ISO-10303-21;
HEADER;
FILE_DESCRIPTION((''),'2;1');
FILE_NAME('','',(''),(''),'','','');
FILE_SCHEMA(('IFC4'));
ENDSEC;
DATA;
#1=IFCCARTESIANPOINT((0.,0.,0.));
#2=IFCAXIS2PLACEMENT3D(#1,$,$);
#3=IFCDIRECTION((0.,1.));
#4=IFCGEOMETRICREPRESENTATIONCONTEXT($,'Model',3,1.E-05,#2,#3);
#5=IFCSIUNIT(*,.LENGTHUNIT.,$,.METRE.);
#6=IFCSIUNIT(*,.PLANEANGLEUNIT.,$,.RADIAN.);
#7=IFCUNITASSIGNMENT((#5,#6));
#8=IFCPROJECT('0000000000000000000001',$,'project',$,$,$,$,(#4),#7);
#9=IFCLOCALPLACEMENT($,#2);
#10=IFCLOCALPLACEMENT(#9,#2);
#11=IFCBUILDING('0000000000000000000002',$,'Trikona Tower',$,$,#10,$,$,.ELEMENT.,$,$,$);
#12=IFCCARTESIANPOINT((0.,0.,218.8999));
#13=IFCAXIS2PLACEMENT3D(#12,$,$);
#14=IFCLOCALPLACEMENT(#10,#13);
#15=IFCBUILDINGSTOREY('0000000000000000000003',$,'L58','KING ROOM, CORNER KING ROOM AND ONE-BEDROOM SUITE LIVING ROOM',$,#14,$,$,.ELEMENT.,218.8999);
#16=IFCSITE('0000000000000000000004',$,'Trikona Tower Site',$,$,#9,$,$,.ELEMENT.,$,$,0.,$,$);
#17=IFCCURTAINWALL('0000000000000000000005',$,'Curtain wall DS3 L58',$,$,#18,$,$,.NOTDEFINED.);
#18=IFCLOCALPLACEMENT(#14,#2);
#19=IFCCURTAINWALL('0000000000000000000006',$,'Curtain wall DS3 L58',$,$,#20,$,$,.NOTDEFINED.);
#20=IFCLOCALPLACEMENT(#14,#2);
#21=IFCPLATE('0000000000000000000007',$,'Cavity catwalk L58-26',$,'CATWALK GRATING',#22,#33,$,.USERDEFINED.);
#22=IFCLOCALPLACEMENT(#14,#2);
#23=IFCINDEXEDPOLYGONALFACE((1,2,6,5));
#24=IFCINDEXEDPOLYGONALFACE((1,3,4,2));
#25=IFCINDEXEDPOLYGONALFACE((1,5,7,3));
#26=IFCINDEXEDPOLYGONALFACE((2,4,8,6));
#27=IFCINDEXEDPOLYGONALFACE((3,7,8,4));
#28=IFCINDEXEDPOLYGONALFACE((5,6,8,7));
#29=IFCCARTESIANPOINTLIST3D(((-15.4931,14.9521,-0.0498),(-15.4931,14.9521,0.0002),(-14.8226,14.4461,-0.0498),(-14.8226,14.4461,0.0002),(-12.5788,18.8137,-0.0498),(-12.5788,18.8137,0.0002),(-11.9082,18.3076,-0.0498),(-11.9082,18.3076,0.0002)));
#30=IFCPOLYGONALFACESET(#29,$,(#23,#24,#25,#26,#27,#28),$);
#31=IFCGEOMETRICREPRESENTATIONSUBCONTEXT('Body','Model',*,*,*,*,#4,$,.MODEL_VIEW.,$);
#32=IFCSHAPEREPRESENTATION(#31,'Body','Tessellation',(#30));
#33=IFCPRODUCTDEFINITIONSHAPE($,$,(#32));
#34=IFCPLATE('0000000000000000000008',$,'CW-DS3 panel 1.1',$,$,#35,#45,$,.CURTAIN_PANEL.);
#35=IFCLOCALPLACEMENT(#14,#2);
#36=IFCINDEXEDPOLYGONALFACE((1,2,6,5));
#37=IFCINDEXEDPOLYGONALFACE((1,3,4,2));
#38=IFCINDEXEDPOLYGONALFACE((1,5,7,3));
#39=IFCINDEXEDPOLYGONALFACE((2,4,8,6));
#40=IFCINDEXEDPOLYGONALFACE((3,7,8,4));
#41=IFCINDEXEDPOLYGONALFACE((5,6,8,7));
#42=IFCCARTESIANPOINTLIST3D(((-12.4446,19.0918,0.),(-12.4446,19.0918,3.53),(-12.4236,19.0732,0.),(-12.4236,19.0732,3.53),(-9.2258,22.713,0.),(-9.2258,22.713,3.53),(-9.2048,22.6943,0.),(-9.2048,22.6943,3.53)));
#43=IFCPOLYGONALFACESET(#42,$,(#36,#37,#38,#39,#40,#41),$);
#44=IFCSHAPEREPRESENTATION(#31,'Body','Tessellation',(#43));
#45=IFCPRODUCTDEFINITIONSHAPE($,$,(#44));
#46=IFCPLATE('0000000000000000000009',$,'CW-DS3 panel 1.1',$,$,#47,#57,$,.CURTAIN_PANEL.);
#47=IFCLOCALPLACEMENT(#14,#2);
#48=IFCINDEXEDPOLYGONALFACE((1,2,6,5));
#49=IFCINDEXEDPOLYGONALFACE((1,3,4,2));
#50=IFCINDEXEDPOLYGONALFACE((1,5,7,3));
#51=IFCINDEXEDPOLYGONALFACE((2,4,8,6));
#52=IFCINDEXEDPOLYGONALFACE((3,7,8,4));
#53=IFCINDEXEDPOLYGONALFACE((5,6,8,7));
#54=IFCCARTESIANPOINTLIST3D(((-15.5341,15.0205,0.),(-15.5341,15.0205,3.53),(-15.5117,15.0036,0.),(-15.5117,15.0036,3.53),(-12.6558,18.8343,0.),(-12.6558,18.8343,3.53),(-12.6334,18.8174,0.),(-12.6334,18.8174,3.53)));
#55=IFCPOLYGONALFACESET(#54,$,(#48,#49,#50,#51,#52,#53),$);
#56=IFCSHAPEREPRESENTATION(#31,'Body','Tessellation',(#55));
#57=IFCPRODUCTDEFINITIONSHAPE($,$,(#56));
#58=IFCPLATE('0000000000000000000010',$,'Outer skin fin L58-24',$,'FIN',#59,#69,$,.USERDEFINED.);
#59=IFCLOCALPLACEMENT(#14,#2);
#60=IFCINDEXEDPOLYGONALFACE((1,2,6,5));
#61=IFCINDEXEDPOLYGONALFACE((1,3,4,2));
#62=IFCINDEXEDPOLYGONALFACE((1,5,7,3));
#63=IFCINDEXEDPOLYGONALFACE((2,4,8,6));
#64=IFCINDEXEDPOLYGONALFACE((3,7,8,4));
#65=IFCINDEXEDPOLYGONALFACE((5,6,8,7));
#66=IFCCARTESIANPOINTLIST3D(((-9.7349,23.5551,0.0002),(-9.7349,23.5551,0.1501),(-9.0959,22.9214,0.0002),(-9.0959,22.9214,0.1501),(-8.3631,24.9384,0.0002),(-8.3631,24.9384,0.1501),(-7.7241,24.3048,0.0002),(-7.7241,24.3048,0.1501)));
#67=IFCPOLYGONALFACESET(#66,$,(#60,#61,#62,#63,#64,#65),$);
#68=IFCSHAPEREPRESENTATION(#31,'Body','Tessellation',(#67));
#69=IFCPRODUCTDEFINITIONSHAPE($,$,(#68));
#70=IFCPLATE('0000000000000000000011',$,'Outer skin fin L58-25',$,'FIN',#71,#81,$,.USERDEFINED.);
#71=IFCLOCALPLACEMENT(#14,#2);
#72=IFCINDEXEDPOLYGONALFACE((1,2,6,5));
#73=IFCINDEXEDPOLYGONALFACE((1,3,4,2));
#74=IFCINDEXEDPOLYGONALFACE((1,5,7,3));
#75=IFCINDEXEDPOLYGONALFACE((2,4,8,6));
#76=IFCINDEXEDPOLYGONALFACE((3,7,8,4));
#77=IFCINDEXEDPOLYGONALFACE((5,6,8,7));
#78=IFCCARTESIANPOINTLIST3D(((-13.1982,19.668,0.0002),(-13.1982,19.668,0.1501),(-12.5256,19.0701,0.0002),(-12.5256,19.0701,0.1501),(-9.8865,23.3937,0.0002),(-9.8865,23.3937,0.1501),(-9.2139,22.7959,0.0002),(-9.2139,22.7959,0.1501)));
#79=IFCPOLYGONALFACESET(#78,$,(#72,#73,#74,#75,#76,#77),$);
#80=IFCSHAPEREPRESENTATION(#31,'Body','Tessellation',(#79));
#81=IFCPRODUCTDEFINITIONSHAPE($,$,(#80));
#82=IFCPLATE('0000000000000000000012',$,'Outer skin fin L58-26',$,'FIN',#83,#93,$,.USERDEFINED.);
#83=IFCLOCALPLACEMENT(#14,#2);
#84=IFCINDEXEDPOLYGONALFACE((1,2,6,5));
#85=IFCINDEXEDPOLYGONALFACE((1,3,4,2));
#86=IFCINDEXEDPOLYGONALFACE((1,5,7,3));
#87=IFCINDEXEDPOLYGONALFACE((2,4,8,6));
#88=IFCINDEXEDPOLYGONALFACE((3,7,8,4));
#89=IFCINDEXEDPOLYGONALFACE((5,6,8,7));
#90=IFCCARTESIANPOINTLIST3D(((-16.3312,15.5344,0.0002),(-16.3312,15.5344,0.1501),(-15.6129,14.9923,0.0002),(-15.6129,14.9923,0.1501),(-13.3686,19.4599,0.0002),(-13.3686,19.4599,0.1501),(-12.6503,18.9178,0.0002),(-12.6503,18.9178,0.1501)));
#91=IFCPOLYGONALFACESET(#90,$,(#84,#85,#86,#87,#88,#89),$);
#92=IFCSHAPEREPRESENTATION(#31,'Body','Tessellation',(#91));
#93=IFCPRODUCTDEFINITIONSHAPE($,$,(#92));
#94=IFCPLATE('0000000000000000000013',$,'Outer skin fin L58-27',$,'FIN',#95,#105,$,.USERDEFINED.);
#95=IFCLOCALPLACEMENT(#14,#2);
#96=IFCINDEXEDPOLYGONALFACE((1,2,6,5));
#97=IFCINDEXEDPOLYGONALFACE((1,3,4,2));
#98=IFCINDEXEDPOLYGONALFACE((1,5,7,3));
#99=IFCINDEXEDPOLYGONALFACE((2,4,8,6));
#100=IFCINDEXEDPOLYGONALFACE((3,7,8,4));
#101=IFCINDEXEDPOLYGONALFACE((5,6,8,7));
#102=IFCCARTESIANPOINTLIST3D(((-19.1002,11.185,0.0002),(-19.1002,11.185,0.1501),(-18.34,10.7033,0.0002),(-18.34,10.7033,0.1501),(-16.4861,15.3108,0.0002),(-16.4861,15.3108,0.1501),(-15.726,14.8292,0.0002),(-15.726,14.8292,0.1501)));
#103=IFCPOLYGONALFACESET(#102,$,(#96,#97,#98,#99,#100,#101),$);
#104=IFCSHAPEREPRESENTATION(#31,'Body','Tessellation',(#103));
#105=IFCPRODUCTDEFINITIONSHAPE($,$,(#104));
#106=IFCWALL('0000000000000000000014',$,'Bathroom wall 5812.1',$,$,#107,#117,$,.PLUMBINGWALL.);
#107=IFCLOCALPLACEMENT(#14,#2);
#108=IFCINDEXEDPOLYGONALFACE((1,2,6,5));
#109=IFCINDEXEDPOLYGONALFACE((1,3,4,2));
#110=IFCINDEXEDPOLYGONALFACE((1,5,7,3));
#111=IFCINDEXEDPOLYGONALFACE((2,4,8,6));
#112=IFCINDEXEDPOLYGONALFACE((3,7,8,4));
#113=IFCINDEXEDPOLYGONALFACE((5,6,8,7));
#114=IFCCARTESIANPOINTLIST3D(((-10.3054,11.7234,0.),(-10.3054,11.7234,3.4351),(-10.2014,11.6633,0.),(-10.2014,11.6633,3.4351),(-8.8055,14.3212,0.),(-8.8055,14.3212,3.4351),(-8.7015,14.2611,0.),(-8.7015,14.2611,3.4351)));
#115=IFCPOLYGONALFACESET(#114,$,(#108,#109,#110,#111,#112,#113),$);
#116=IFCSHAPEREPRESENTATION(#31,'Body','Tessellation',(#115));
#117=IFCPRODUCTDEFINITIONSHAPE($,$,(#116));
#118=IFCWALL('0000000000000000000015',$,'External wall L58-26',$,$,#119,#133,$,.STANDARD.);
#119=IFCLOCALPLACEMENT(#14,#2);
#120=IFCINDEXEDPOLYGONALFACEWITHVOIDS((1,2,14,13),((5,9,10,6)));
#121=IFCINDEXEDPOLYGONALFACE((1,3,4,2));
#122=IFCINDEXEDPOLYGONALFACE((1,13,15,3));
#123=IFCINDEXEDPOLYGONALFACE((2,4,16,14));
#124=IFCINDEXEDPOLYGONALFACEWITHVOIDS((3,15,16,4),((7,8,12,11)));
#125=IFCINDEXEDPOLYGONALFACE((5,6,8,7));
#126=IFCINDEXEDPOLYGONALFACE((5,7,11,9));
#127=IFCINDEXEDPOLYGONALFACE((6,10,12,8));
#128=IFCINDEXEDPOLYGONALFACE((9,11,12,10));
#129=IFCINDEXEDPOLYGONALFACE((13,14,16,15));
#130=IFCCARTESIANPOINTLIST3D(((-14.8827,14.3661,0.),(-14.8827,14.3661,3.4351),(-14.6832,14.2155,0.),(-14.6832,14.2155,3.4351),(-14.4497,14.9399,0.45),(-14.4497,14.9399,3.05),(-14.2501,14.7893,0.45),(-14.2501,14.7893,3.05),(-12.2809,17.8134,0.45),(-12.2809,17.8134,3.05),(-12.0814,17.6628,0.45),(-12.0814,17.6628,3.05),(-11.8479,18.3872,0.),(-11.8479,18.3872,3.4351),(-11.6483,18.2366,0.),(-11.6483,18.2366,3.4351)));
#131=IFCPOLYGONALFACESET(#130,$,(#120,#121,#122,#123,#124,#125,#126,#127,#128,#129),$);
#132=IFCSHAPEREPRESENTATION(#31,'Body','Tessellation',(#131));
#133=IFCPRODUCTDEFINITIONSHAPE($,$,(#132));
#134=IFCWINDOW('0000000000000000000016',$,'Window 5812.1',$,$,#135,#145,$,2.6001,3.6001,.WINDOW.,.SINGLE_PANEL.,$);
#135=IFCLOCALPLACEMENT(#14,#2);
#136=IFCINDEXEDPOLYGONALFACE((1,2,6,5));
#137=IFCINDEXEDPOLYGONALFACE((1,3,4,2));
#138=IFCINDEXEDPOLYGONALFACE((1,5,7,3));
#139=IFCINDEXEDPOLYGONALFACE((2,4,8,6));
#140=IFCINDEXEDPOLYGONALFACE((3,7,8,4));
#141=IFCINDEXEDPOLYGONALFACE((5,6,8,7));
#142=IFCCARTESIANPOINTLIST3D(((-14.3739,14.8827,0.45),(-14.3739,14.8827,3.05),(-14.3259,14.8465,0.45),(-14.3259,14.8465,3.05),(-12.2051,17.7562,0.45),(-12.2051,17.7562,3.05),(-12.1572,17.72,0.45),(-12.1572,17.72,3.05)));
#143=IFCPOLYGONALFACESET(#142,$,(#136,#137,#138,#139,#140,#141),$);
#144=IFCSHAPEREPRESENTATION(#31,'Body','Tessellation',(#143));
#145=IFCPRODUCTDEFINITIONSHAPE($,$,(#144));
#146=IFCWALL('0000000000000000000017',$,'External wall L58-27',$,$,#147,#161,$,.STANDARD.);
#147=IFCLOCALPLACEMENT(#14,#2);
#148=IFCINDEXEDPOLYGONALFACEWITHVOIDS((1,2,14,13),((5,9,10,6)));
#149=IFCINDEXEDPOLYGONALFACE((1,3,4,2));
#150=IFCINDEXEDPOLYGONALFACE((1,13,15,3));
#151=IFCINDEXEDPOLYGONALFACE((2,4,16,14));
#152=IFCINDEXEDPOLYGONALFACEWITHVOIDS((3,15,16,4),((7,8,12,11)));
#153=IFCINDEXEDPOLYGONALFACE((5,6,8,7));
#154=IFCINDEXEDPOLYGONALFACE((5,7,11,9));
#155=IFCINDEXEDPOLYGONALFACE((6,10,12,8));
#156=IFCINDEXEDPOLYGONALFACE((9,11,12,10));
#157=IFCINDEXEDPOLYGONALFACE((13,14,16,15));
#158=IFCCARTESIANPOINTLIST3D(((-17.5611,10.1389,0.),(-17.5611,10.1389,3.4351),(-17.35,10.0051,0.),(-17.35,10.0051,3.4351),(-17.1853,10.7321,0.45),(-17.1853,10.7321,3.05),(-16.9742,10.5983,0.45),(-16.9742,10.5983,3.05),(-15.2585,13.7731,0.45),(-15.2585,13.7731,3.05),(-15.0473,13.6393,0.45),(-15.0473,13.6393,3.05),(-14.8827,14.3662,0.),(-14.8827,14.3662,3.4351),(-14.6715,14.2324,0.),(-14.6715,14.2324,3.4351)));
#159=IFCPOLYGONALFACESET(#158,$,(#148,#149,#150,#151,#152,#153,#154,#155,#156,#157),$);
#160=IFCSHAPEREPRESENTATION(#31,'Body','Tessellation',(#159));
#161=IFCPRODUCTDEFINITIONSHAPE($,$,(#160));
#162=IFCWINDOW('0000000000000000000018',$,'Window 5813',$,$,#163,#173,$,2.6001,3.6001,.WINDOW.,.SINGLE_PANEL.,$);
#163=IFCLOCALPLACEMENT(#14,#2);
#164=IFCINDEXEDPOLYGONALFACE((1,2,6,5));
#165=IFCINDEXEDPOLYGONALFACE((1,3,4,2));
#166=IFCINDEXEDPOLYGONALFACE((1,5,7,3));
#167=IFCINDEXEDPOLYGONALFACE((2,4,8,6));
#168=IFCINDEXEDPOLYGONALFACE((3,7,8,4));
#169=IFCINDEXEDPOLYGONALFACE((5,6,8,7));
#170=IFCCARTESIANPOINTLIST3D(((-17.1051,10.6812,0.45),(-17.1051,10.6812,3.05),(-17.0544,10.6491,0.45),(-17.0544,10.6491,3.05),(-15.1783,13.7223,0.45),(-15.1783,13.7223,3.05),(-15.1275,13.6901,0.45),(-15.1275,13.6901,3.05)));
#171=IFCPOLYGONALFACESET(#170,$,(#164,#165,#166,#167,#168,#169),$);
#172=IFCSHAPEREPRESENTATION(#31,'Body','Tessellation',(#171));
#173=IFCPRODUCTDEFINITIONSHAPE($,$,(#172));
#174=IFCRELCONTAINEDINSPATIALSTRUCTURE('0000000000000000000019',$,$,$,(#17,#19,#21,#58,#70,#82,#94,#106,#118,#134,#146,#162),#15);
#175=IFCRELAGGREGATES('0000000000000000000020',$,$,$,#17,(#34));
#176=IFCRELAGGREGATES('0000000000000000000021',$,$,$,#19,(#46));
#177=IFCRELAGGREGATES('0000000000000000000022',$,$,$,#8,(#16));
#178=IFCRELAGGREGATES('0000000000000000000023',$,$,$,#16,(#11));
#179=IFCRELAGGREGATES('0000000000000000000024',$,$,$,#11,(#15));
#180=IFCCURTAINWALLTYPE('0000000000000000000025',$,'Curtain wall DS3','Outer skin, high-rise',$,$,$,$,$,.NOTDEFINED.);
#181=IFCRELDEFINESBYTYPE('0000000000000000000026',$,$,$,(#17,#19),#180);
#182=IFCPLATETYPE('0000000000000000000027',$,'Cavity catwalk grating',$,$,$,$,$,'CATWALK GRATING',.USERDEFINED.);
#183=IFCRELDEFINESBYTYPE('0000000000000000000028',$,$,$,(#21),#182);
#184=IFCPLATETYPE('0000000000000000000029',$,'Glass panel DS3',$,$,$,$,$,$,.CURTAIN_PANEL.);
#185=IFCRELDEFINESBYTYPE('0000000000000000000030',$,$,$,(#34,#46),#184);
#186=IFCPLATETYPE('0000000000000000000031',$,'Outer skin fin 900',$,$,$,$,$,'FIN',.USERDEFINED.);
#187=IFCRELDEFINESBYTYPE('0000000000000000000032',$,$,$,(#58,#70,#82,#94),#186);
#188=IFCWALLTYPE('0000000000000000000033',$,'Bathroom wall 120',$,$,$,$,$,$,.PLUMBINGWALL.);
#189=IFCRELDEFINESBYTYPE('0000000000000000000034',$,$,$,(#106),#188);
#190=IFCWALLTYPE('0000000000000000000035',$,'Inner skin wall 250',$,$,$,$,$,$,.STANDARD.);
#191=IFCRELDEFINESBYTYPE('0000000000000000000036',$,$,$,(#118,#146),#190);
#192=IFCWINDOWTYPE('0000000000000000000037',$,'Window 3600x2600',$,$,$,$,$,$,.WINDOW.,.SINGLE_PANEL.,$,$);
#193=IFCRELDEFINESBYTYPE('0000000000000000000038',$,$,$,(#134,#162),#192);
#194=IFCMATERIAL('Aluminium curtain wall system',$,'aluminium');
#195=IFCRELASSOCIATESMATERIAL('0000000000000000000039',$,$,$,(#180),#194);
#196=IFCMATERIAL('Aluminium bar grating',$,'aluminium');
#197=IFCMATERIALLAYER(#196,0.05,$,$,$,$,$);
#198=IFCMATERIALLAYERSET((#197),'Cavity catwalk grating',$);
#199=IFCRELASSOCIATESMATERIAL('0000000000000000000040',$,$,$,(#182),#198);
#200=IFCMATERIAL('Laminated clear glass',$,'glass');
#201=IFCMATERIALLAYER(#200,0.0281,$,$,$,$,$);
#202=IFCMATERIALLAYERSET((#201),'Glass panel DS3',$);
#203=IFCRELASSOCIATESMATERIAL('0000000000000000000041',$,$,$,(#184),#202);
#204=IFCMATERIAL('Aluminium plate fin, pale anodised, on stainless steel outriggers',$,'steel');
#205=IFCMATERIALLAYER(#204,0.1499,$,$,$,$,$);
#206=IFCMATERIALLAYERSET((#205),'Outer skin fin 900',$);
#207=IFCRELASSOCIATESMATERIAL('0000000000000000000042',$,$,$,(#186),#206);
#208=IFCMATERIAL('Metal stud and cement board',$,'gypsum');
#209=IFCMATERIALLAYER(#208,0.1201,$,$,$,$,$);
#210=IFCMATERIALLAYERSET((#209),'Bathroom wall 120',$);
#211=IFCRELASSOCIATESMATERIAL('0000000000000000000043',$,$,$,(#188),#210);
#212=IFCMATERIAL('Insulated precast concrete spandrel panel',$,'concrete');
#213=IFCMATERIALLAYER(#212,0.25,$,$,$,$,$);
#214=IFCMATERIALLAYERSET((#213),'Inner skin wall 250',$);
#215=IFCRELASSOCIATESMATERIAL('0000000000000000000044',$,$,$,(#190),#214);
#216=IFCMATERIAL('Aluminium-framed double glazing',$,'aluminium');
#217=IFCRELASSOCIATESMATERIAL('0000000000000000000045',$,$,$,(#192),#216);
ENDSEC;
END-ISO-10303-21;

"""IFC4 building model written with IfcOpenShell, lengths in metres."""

from ifc_helpers import new_model, si_unit, direction, frame, frame_2d, origin, origin_2d, place, context, subcontext, project, spatial, rectangle, extrude, material, layer, layer_set, type_object, element, fill, aggregate, save


model = new_model("IFC4")

# Units and contexts
model_context = context("Model", 3, precision=1e-05, world=origin(), true_north=direction((0.0, 1.0)))
body_context = subcontext(model_context, "Body", "Model", "MODEL_VIEW")
ifc_project = project(units=[si_unit("LENGTHUNIT", "METRE"), si_unit("PLANEANGLEUNIT", "RADIAN")], contexts=[model_context])

# Site, building, storey
site_placement = place(None, origin())
site = spatial("IfcSite", under=ifc_project, at=site_placement, Name="Trikona Tower Site", CompositionType="ELEMENT", RefElevation=0.0)
building_placement = place(site_placement, origin())
building = spatial("IfcBuilding", under=site, at=building_placement, Name="Trikona Tower", CompositionType="ELEMENT")
storey_placement = place(building_placement, frame((0.0, 0.0, 218.8999)))
storey = spatial("IfcBuildingStorey", under=building, at=storey_placement, Name="L58", Description="KING ROOM, CORNER KING ROOM AND ONE-BEDROOM SUITE LIVING ROOM", CompositionType="ELEMENT", Elevation=218.8999)

# Shared definitions
ifc_material_1 = material(Name="Aluminium curtain wall system", Category="aluminium")
curtain_wall_type = type_object("IfcCurtainWallType", Name="Curtain wall DS3", Description="Outer skin, high-rise", PredefinedType="NOTDEFINED", material=ifc_material_1)

# Curtain walls
curtain_wall_1_placement = place(storey_placement, origin())
curtain_wall_1 = element("IfcCurtainWall", 1, at=curtain_wall_1_placement, inside=storey, type_object=curtain_wall_type, Name="Curtain wall DS3 L58", PredefinedType="NOTDEFINED")
curtain_wall_2_placement = place(storey_placement, origin())
curtain_wall_2 = element("IfcCurtainWall", 2, at=curtain_wall_2_placement, inside=storey, type_object=curtain_wall_type, Name="Curtain wall DS3 L58", PredefinedType="NOTDEFINED")

# Plate
ifc_material_2 = material(Name="Aluminium bar grating", Category="aluminium")
ifc_layer_1 = layer(ifc_material_2, 0.05)
ifc_layer_set_1 = layer_set([ifc_layer_1], Name="Cavity catwalk grating")
plate_type_1 = type_object("IfcPlateType", Name="Cavity catwalk grating", ElementType="CATWALK GRATING", PredefinedType="USERDEFINED", material=ifc_layer_set_1)
plate_1_placement = place(storey_placement, frame((-13.7007, 16.6299, -0.0498), z_axis=(0.0, 0.0, 1.0), x_axis=(-0.602402, -0.798193, 0.0)))
element("IfcPlate", 3, at=plate_1_placement, inside=storey, type_object=plate_type_1, Name="Cavity catwalk L58-26", ObjectType="CATWALK GRATING", PredefinedType="USERDEFINED", context=body_context, shape_type="SweptSolid", body=[
    extrude(rectangle(XDim=4.8379, YDim=0.8401, at=origin_2d()), origin(), (0.0, 0.0, 1.0), 0.05),
])

# Plates
ifc_material_3 = material(Name="Laminated clear glass", Category="glass")
ifc_layer_2 = layer(ifc_material_3, 0.0281)
ifc_layer_set_2 = layer_set([ifc_layer_2], Name="Glass panel DS3")
plate_type_2 = type_object("IfcPlateType", Name="Glass panel DS3", PredefinedType="CURTAIN_PANEL", material=ifc_layer_set_2)
plate_2_placement = place(storey_placement, frame((-10.8247, 20.8931, 0.0), z_axis=(0.0, 0.0, 1.0), x_axis=(-0.664371, -0.747403, 0.0)))
plate_2 = element("IfcPlate", 4, at=plate_2_placement, type_object=plate_type_2, Name="CW-DS3 panel 1.1", PredefinedType="CURTAIN_PANEL", context=body_context, shape_type="SweptSolid", body=[
    extrude(rectangle(XDim=4.845, YDim=0.0281, at=origin_2d()), origin(), (0.0, 0.0, 1.0), 3.53),
])
aggregate(curtain_wall_1, [plate_2])
plate_3_placement = place(storey_placement, frame((-14.0837, 16.9189, 0.0), z_axis=(0.0, 0.0, 1.0), x_axis=(-0.602402, -0.798193, 0.0)))
plate_3 = element("IfcPlate", 5, at=plate_3_placement, type_object=plate_type_2, Name="CW-DS3 panel 1.1", PredefinedType="CURTAIN_PANEL", context=body_context, shape_type="SweptSolid", body=[
    extrude(rectangle(XDim=4.7781, YDim=0.0281, at=origin_2d()), origin(), (0.0, 0.0, 1.0), 3.53),
])
aggregate(curtain_wall_2, [plate_3])

# Plates
ifc_material_4 = material(Name="Aluminium plate fin, pale anodised, on stainless steel outriggers", Category="steel")
ifc_layer_3 = layer(ifc_material_4, 0.1499)
ifc_layer_set_3 = layer_set([ifc_layer_3], Name="Outer skin fin 900")
plate_type_3 = type_object("IfcPlateType", Name="Outer skin fin 900", ElementType="FIN", PredefinedType="USERDEFINED", material=ifc_layer_set_3)
plate_4_placement = place(storey_placement, frame((-8.7295, 23.9299, 0.0002), z_axis=(0.0, 0.0, 1.0), x_axis=(-0.704151, -0.71005, 0.0)))
element("IfcPlate", 6, at=plate_4_placement, inside=storey, type_object=plate_type_3, Name="Outer skin fin L58-24", ObjectType="FIN", PredefinedType="USERDEFINED", context=body_context, shape_type="SweptSolid", body=[
    extrude(rectangle(XDim=1.9482, YDim=0.8999, at=origin_2d()), origin(), (0.0, 0.0, 1.0), 0.1499),
])
plate_5_placement = place(storey_placement, frame((-11.2061, 21.2319, 0.0002), z_axis=(0.0, 0.0, 1.0), x_axis=(-0.664367, -0.747406, 0.0)))
element("IfcPlate", 7, at=plate_5_placement, inside=storey, type_object=plate_type_3, Name="Outer skin fin L58-25", ObjectType="FIN", PredefinedType="USERDEFINED", context=body_context, shape_type="SweptSolid", body=[
    extrude(rectangle(XDim=4.9849, YDim=0.8999, at=origin_2d()), origin(), (0.0, 0.0, 1.0), 0.1499),
])
plate_6_placement = place(storey_placement, frame((-14.4907, 17.2261, 0.0002), z_axis=(0.0, 0.0, 1.0), x_axis=(-0.602402, -0.798193, 0.0)))
element("IfcPlate", 8, at=plate_6_placement, inside=storey, type_object=plate_type_3, Name="Outer skin fin L58-26", ObjectType="FIN", PredefinedType="USERDEFINED", context=body_context, shape_type="SweptSolid", body=[
    extrude(rectangle(XDim=4.918, YDim=0.8999, at=origin_2d()), origin(), (0.0, 0.0, 1.0), 0.1499),
])
plate_7_placement = place(storey_placement, frame((-17.4131, 13.0071, 0.0002), z_axis=(0.0, 0.0, 1.0), x_axis=(-0.535205, -0.844722, 0.0)))
element("IfcPlate", 9, at=plate_7_placement, inside=storey, type_object=plate_type_3, Name="Outer skin fin L58-27", ObjectType="FIN", PredefinedType="USERDEFINED", context=body_context, shape_type="SweptSolid", body=[
    extrude(rectangle(XDim=4.8843, YDim=0.8999, at=origin_2d()), origin(), (0.0, 0.0, 1.0), 0.1499),
])

# Wall
ifc_material_5 = material(Name="Metal stud and cement board", Category="gypsum")
ifc_layer_4 = layer(ifc_material_5, 0.1201)
ifc_layer_set_4 = layer_set([ifc_layer_4], Name="Bathroom wall 120")
wall_type_1 = type_object("IfcWallType", Name="Bathroom wall 120", PredefinedType="PLUMBINGWALL", material=ifc_layer_set_4)
wall_1_placement = place(storey_placement, frame((-8.7534, 14.2913, 0.0), z_axis=(0.0, 0.0, 1.0), x_axis=(-0.500025, -0.866011, 0.0)))
element("IfcWall", 10, at=wall_1_placement, inside=storey, type_object=wall_type_1, Name="Bathroom wall 5812.1", PredefinedType="PLUMBINGWALL", context=body_context, shape_type="SweptSolid", body=[
    extrude(rectangle(XDim=2.9998, YDim=0.1201, at=frame_2d((1.5, 0.0))), origin(), (0.0, 0.0, 1.0), 3.4351),
])

# Walls, openings, windows
ifc_material_6 = material(Name="Insulated precast concrete spandrel panel", Category="concrete")
ifc_layer_5 = layer(ifc_material_6, 0.25)
ifc_layer_set_5 = layer_set([ifc_layer_5], Name="Inner skin wall 250")
wall_type_2 = type_object("IfcWallType", Name="Inner skin wall 250", PredefinedType="STANDARD", material=ifc_layer_set_5)
wall_2_placement = place(storey_placement, frame((-11.748, 18.312, 0.0), z_axis=(0.0, 0.0, 1.0), x_axis=(-0.602409, -0.798188, 0.0)))
wall_2 = element("IfcWall", 11, at=wall_2_placement, inside=storey, type_object=wall_type_2, Name="External wall L58-26", PredefinedType="STANDARD", context=body_context, shape_type="SweptSolid", body=[
    extrude(rectangle(XDim=5.0378, YDim=0.25, at=frame_2d((2.519, 0.0))), origin(), (0.0, 0.0, 1.0), 3.4351),
])
opening_1_placement = place(wall_2_placement, frame((0.719, 0.0, 0.45)))
opening_1 = element("IfcOpeningElement", 12, at=opening_1_placement, cuts=wall_2, PredefinedType="OPENING", context=body_context, shape_type="SweptSolid", body=[
    extrude(rectangle(XDim=3.6001, YDim=2.6001, at=frame_2d((1.8, 1.3))), frame((0.0, 0.135, 0.0), z_axis=(0.0, -1.0, 0.0), x_axis=(1.0, 0.0, 0.0)), (0.0, 0.0, 1.0), 0.27),
])
ifc_material_7 = material(Name="Aluminium-framed double glazing", Category="aluminium")
window_type = type_object("IfcWindowType", Name="Window 3600x2600", PartitioningType="SINGLE_PANEL", PredefinedType="WINDOW", material=ifc_material_7)
window_1_placement = place(opening_1_placement, origin())
window_1 = element("IfcWindow", 13, at=window_1_placement, inside=storey, type_object=window_type, Name="Window 5812.1", OverallHeight=2.6001, OverallWidth=3.6001, PartitioningType="SINGLE_PANEL", PredefinedType="WINDOW", context=body_context, shape_type="SweptSolid", body=[
    extrude(rectangle(XDim=3.6001, YDim=2.6001, at=frame_2d((1.8, 1.3))), frame((0.0, 0.03, 0.0), z_axis=(0.0, -1.0, 0.0), x_axis=(1.0, 0.0, 0.0)), (0.0, 0.0, 1.0), 0.0601),
])
fill(opening_1, window_1)
wall_3_placement = place(storey_placement, frame((-14.7771, 14.2993, 0.0), z_axis=(0.0, 0.0, 1.0), x_axis=(-0.53522, -0.844712, 0.0)))
wall_3 = element("IfcWall", 14, at=wall_3_placement, inside=storey, type_object=wall_type_2, Name="External wall L58-27", PredefinedType="STANDARD", context=body_context, shape_type="SweptSolid", body=[
    extrude(rectangle(XDim=5.0044, YDim=0.25, at=frame_2d((2.5022, 0.0))), origin(), (0.0, 0.0, 1.0), 3.4351),
])
opening_2_placement = place(wall_3_placement, frame((0.7021, 0.0, 0.45)))
opening_2 = element("IfcOpeningElement", 15, at=opening_2_placement, cuts=wall_3, PredefinedType="OPENING", context=body_context, shape_type="SweptSolid", body=[
    extrude(rectangle(XDim=3.6001, YDim=2.6001, at=frame_2d((1.8, 1.3))), frame((0.0, 0.135, 0.0), z_axis=(0.0, -1.0, 0.0), x_axis=(1.0, 0.0, 0.0)), (0.0, 0.0, 1.0), 0.27),
])
window_2_placement = place(opening_2_placement, origin())
window_2 = element("IfcWindow", 16, at=window_2_placement, inside=storey, type_object=window_type, Name="Window 5813", OverallHeight=2.6001, OverallWidth=3.6001, PartitioningType="SINGLE_PANEL", PredefinedType="WINDOW", context=body_context, shape_type="SweptSolid", body=[
    extrude(rectangle(XDim=3.6001, YDim=2.6001, at=frame_2d((1.8, 1.3))), frame((0.0, 0.03, 0.0), z_axis=(0.0, -1.0, 0.0), x_axis=(1.0, 0.0, 0.0)), (0.0, 0.0, 1.0), 0.0601),
])
fill(opening_2, window_2)

save(model, "model.ifc")
